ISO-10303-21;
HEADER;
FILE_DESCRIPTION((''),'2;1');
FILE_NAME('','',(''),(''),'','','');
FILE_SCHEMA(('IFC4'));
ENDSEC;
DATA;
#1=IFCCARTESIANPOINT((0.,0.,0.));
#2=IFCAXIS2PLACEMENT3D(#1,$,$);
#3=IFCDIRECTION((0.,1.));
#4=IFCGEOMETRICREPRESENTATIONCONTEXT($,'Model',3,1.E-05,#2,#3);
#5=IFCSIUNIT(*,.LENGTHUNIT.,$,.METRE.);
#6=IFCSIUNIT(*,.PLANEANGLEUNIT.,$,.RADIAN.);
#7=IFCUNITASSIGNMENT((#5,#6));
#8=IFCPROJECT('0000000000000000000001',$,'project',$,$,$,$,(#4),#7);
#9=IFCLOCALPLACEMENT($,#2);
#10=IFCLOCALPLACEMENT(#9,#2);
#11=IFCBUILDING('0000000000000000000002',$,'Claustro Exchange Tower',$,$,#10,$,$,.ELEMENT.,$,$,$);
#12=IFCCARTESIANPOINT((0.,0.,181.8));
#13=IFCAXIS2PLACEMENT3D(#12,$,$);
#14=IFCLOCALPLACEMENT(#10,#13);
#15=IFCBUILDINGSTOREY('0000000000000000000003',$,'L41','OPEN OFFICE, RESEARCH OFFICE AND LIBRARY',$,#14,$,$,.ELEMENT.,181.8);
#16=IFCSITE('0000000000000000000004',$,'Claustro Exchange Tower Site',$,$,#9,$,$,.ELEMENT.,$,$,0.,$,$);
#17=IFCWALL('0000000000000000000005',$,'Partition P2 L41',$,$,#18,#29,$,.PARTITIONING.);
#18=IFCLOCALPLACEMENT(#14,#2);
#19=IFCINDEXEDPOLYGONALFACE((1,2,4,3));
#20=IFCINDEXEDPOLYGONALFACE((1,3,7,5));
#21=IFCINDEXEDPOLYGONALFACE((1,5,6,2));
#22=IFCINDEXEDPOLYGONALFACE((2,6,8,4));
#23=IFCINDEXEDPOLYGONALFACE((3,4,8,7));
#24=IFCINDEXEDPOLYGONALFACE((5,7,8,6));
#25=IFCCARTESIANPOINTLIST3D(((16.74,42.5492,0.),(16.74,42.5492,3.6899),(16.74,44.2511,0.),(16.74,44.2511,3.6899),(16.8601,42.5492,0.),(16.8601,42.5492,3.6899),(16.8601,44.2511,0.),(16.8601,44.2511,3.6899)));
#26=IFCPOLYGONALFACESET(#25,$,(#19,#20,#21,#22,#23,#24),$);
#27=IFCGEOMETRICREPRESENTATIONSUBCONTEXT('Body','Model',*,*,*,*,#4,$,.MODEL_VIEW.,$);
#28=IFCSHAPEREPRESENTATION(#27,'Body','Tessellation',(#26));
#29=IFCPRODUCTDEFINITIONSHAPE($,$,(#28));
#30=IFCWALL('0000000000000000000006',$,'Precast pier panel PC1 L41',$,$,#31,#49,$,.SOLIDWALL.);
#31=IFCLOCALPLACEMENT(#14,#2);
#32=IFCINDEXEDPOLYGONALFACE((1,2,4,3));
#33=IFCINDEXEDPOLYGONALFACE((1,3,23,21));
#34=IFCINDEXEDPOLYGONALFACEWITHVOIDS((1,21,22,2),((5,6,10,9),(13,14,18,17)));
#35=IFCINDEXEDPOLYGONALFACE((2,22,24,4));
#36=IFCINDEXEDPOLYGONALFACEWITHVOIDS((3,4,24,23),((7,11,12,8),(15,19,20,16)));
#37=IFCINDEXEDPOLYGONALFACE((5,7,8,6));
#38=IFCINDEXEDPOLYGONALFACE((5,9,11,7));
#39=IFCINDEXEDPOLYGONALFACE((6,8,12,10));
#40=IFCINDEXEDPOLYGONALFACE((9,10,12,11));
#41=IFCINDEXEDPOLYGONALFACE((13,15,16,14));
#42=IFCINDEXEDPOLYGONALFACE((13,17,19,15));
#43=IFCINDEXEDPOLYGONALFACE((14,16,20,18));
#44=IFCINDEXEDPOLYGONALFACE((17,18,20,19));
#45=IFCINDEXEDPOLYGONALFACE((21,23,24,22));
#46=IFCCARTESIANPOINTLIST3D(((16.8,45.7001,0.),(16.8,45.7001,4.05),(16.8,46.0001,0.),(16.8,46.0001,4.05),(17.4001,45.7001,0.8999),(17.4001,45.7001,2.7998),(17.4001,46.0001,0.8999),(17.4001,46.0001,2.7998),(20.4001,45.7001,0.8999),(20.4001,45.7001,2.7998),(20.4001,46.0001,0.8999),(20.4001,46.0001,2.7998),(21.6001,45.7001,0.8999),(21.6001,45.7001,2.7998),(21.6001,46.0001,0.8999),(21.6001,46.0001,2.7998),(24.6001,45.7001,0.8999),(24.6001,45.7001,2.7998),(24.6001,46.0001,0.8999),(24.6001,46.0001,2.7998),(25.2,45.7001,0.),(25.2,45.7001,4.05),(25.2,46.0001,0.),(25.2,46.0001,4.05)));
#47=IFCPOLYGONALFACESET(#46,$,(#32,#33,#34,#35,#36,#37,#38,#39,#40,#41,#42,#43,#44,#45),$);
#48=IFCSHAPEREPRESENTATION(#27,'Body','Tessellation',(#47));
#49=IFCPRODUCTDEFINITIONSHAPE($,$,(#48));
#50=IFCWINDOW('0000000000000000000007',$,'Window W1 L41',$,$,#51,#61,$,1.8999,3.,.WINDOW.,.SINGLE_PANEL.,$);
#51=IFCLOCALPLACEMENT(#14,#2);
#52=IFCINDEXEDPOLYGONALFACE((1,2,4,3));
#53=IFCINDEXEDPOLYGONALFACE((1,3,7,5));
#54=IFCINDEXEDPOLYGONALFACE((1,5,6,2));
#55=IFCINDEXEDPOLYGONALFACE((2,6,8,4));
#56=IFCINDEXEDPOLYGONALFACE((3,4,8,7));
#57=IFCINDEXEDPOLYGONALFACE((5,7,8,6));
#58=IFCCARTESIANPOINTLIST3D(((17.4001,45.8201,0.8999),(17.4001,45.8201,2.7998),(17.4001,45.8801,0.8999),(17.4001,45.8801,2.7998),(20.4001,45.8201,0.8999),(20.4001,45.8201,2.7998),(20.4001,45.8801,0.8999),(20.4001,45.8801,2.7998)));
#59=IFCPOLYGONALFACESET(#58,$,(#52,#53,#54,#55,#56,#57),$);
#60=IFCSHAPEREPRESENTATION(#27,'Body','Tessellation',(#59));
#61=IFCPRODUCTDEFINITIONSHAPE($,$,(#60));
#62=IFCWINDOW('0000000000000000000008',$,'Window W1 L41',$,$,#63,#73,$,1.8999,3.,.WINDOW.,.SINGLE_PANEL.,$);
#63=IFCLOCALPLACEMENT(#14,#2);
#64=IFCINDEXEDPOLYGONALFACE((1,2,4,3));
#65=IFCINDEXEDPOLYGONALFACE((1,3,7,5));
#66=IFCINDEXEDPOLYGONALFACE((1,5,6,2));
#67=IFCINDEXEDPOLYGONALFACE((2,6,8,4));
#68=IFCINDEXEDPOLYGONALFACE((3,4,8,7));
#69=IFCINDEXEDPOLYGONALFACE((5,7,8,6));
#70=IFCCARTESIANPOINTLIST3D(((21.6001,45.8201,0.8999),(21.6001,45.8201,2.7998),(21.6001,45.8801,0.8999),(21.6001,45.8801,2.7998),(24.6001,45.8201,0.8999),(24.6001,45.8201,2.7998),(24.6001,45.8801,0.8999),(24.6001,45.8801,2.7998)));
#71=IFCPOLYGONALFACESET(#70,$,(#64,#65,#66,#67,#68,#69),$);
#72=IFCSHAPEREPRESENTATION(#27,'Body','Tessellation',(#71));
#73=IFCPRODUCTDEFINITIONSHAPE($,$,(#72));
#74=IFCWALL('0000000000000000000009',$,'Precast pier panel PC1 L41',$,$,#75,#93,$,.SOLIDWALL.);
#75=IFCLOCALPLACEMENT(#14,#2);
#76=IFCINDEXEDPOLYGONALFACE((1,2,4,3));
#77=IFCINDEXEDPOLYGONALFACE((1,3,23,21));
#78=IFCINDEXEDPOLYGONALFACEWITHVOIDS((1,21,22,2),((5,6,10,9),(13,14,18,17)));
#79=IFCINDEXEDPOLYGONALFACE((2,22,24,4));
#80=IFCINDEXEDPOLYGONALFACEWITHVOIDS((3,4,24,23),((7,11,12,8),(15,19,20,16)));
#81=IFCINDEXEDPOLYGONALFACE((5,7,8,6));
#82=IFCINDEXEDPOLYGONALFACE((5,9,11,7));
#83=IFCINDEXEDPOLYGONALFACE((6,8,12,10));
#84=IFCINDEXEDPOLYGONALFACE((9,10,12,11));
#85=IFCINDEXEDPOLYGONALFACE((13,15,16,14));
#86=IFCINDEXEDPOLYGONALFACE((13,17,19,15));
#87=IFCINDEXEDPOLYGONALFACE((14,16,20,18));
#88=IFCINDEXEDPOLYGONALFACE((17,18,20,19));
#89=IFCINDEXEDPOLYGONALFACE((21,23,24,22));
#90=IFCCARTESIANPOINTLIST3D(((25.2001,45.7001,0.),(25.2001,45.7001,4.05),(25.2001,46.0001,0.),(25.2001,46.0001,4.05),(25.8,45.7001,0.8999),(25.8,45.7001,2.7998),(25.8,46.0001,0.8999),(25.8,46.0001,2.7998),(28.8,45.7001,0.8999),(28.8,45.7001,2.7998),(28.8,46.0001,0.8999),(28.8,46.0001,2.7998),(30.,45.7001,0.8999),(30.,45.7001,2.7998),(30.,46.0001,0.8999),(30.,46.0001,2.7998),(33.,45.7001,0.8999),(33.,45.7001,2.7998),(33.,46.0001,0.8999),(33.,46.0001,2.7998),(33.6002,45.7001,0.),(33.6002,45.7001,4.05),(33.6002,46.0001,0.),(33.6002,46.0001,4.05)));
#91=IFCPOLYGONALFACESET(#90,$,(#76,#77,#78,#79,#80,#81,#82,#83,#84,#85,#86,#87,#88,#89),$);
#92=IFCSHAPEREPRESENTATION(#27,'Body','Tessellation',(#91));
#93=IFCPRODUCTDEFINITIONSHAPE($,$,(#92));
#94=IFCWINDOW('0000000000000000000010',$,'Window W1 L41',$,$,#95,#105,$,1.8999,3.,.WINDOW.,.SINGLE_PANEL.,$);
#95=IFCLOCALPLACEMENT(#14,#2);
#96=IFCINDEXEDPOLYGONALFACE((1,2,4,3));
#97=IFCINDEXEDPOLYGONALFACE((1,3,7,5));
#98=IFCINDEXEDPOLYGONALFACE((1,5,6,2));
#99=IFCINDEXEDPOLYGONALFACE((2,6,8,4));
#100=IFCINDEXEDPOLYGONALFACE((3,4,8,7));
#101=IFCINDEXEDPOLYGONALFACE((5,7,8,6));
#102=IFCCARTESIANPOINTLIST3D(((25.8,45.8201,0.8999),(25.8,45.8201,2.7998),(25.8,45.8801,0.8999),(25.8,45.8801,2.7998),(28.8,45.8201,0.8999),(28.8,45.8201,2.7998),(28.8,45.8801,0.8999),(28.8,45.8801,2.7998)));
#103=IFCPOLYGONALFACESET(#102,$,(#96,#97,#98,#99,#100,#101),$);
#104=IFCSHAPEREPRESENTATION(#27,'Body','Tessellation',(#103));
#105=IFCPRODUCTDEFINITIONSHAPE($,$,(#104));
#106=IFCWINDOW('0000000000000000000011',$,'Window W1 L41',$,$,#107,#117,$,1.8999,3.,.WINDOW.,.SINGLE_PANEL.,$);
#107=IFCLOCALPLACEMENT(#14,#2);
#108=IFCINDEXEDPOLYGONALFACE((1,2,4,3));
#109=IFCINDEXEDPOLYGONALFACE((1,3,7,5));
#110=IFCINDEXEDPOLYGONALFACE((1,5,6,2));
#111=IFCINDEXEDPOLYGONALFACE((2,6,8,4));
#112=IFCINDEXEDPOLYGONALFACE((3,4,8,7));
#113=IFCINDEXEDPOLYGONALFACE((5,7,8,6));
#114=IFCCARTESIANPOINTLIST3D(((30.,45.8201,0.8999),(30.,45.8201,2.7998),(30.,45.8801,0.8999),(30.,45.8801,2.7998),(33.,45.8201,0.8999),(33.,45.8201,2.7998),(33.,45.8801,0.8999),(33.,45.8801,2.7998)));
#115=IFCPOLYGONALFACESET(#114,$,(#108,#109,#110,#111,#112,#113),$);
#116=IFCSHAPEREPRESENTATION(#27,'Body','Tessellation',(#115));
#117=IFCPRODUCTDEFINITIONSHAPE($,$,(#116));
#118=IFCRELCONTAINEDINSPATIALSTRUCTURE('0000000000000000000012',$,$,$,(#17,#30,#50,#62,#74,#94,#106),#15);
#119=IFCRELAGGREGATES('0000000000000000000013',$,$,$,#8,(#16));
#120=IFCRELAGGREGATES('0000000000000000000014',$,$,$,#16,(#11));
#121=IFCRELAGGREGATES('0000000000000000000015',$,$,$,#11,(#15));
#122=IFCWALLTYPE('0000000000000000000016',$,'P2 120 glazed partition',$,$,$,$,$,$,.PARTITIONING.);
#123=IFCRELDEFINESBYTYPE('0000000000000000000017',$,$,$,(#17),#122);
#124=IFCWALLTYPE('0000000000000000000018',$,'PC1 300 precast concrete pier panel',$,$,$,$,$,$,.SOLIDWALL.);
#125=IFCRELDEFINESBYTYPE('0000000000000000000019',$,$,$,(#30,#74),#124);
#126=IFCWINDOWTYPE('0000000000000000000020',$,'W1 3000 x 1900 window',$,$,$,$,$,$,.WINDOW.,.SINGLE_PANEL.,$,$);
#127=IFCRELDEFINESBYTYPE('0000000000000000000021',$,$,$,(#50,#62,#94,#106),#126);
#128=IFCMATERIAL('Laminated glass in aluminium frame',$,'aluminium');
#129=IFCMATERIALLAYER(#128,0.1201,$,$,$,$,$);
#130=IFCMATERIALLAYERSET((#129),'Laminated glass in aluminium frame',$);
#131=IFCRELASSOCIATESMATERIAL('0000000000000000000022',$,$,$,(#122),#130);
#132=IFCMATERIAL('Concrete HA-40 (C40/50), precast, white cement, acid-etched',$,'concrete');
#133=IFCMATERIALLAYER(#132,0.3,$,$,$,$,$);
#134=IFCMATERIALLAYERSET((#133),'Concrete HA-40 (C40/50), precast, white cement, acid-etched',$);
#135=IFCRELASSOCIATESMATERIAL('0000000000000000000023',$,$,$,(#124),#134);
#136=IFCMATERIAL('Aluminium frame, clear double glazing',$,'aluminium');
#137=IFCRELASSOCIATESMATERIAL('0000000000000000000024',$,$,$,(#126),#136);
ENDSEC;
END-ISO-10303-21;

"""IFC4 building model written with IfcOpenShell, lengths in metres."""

from ifc_helpers import new_model, si_unit, direction, frame, frame_2d, origin, place, context, subcontext, project, spatial, rectangle, extrude, material, layer, layer_set, type_object, element, fill, save


model = new_model("IFC4")

# Units and contexts
model_context = context("Model", 3, precision=1e-05, world=origin(), true_north=direction((0.0, 1.0)))
body_context = subcontext(model_context, "Body", "Model", "MODEL_VIEW")
ifc_project = project(units=[si_unit("LENGTHUNIT", "METRE"), si_unit("PLANEANGLEUNIT", "RADIAN")], contexts=[model_context])

# Site, building, storey
site_placement = place(None, origin())
site = spatial("IfcSite", under=ifc_project, at=site_placement, Name="Claustro Exchange Tower Site", CompositionType="ELEMENT", RefElevation=0.0)
building_placement = place(site_placement, origin())
building = spatial("IfcBuilding", under=site, at=building_placement, Name="Claustro Exchange Tower", CompositionType="ELEMENT")
storey_placement = place(building_placement, frame((0.0, 0.0, 181.8)))
storey = spatial("IfcBuildingStorey", under=building, at=storey_placement, Name="L41", Description="OPEN OFFICE, RESEARCH OFFICE AND LIBRARY", CompositionType="ELEMENT", Elevation=181.8)

# Wall
ifc_material_1 = material(Name="Laminated glass in aluminium frame", Category="aluminium")
ifc_layer_1 = layer(ifc_material_1, 0.1201)
ifc_layer_set_1 = layer_set([ifc_layer_1], Name="Laminated glass in aluminium frame")
wall_type_1 = type_object("IfcWallType", Name="P2 120 glazed partition", PredefinedType="PARTITIONING", material=ifc_layer_set_1)
wall_1_placement = place(storey_placement, frame((16.8, 42.5491, 0.0), z_axis=(0.0, 0.0, 1.0), x_axis=(0.0, 1.0, 0.0)))
element("IfcWall", 1, at=wall_1_placement, inside=storey, type_object=wall_type_1, Name="Partition P2 L41", PredefinedType="PARTITIONING", context=body_context, shape_type="SweptSolid", body=[
    extrude(rectangle(XDim=1.7019, YDim=0.1201, at=frame_2d((0.8511, 0.0))), origin(), (0.0, 0.0, 1.0), 3.6899),
])

# Walls, openings, windows
ifc_material_2 = material(Name="Concrete HA-40 (C40/50), precast, white cement, acid-etched", Category="concrete")
ifc_layer_2 = layer(ifc_material_2, 0.3)
ifc_layer_set_2 = layer_set([ifc_layer_2], Name="Concrete HA-40 (C40/50), precast, white cement, acid-etched")
wall_type_2 = type_object("IfcWallType", Name="PC1 300 precast concrete pier panel", PredefinedType="SOLIDWALL", material=ifc_layer_set_2)
wall_2_placement = place(storey_placement, frame((16.8, 45.8501, 0.0), z_axis=(0.0, 0.0, 1.0), x_axis=(1.0, 0.0, 0.0)))
wall_2 = element("IfcWall", 2, at=wall_2_placement, inside=storey, type_object=wall_type_2, Name="Precast pier panel PC1 L41", PredefinedType="SOLIDWALL", context=body_context, shape_type="SweptSolid", body=[
    extrude(rectangle(XDim=8.3999, YDim=0.3, at=frame_2d((4.2, 0.0))), origin(), (0.0, 0.0, 1.0), 4.05),
])
opening_1_placement = place(wall_2_placement, frame((0.6001, 0.0, 0.8999)))
opening_1 = element("IfcOpeningElement", 3, at=opening_1_placement, cuts=wall_2, PredefinedType="OPENING", context=body_context, shape_type="SweptSolid", body=[
    extrude(rectangle(XDim=3.0, YDim=1.8999, at=frame_2d((1.5, 0.95))), frame((0.0, 0.1599, 0.0), z_axis=(0.0, -1.0, 0.0), x_axis=(1.0, 0.0, 0.0)), (0.0, 0.0, 1.0), 0.3201),
])
opening_2_placement = place(wall_2_placement, frame((4.8, 0.0, 0.8999)))
opening_2 = element("IfcOpeningElement", 4, at=opening_2_placement, cuts=wall_2, PredefinedType="OPENING", context=body_context, shape_type="SweptSolid", body=[
    extrude(rectangle(XDim=3.0, YDim=1.8999, at=frame_2d((1.5, 0.95))), frame((0.0, 0.1599, 0.0), z_axis=(0.0, -1.0, 0.0), x_axis=(1.0, 0.0, 0.0)), (0.0, 0.0, 1.0), 0.3201),
])
ifc_material_3 = material(Name="Aluminium frame, clear double glazing", Category="aluminium")
window_type_1 = type_object("IfcWindowType", Name="W1 3000 x 1900 window", PartitioningType="SINGLE_PANEL", PredefinedType="WINDOW", material=ifc_material_3)
window_1_placement = place(opening_1_placement, origin())
window_1 = element("IfcWindow", 5, at=window_1_placement, inside=storey, type_object=window_type_1, Name="Window W1 L41", OverallHeight=1.8999, OverallWidth=3.0, PartitioningType="SINGLE_PANEL", PredefinedType="WINDOW", context=body_context, shape_type="SweptSolid", body=[
    extrude(rectangle(XDim=3.0, YDim=1.8999, at=frame_2d((1.5, 0.95))), frame((0.0, 0.03, 0.0), z_axis=(0.0, -1.0, 0.0), x_axis=(1.0, 0.0, 0.0)), (0.0, 0.0, 1.0), 0.0601),
])
fill(opening_1, window_1)
window_2_placement = place(opening_2_placement, origin())
window_2 = element("IfcWindow", 6, at=window_2_placement, inside=storey, type_object=window_type_1, Name="Window W1 L41", OverallHeight=1.8999, OverallWidth=3.0, PartitioningType="SINGLE_PANEL", PredefinedType="WINDOW", context=body_context, shape_type="SweptSolid", body=[
    extrude(rectangle(XDim=3.0, YDim=1.8999, at=frame_2d((1.5, 0.95))), frame((0.0, 0.03, 0.0), z_axis=(0.0, -1.0, 0.0), x_axis=(1.0, 0.0, 0.0)), (0.0, 0.0, 1.0), 0.0601),
])
fill(opening_2, window_2)
wall_3_placement = place(storey_placement, frame((25.2, 45.8501, 0.0), z_axis=(0.0, 0.0, 1.0), x_axis=(1.0, 0.0, 0.0)))
wall_3 = element("IfcWall", 7, at=wall_3_placement, inside=storey, type_object=wall_type_2, Name="Precast pier panel PC1 L41", PredefinedType="SOLIDWALL", context=body_context, shape_type="SweptSolid", body=[
    extrude(rectangle(XDim=8.4001, YDim=0.3, at=frame_2d((4.2002, 0.0))), origin(), (0.0, 0.0, 1.0), 4.05),
])
opening_3_placement = place(wall_3_placement, frame((0.6001, 0.0, 0.8999)))
opening_3 = element("IfcOpeningElement", 8, at=opening_3_placement, cuts=wall_3, PredefinedType="OPENING", context=body_context, shape_type="SweptSolid", body=[
    extrude(rectangle(XDim=3.0, YDim=1.8999, at=frame_2d((1.5, 0.95))), frame((0.0, 0.1599, 0.0), z_axis=(0.0, -1.0, 0.0), x_axis=(1.0, 0.0, 0.0)), (0.0, 0.0, 1.0), 0.3201),
])
opening_4_placement = place(wall_3_placement, frame((4.8, 0.0, 0.8999)))
opening_4 = element("IfcOpeningElement", 9, at=opening_4_placement, cuts=wall_3, PredefinedType="OPENING", context=body_context, shape_type="SweptSolid", body=[
    extrude(rectangle(XDim=3.0, YDim=1.8999, at=frame_2d((1.5, 0.95))), frame((0.0, 0.1599, 0.0), z_axis=(0.0, -1.0, 0.0), x_axis=(1.0, 0.0, 0.0)), (0.0, 0.0, 1.0), 0.3201),
])
window_3_placement = place(opening_3_placement, origin())
window_3 = element("IfcWindow", 10, at=window_3_placement, inside=storey, type_object=window_type_1, Name="Window W1 L41", OverallHeight=1.8999, OverallWidth=3.0, PartitioningType="SINGLE_PANEL", PredefinedType="WINDOW", context=body_context, shape_type="SweptSolid", body=[
    extrude(rectangle(XDim=3.0, YDim=1.8999, at=frame_2d((1.5, 0.95))), frame((0.0, 0.03, 0.0), z_axis=(0.0, -1.0, 0.0), x_axis=(1.0, 0.0, 0.0)), (0.0, 0.0, 1.0), 0.0601),
])
fill(opening_3, window_3)
window_4_placement = place(opening_4_placement, origin())
window_4 = element("IfcWindow", 11, at=window_4_placement, inside=storey, type_object=window_type_1, Name="Window W1 L41", OverallHeight=1.8999, OverallWidth=3.0, PartitioningType="SINGLE_PANEL", PredefinedType="WINDOW", context=body_context, shape_type="SweptSolid", body=[
    extrude(rectangle(XDim=3.0, YDim=1.8999, at=frame_2d((1.5, 0.95))), frame((0.0, 0.03, 0.0), z_axis=(0.0, -1.0, 0.0), x_axis=(1.0, 0.0, 0.0)), (0.0, 0.0, 1.0), 0.0601),
])
fill(opening_4, window_4)

save(model, "model.ifc")
